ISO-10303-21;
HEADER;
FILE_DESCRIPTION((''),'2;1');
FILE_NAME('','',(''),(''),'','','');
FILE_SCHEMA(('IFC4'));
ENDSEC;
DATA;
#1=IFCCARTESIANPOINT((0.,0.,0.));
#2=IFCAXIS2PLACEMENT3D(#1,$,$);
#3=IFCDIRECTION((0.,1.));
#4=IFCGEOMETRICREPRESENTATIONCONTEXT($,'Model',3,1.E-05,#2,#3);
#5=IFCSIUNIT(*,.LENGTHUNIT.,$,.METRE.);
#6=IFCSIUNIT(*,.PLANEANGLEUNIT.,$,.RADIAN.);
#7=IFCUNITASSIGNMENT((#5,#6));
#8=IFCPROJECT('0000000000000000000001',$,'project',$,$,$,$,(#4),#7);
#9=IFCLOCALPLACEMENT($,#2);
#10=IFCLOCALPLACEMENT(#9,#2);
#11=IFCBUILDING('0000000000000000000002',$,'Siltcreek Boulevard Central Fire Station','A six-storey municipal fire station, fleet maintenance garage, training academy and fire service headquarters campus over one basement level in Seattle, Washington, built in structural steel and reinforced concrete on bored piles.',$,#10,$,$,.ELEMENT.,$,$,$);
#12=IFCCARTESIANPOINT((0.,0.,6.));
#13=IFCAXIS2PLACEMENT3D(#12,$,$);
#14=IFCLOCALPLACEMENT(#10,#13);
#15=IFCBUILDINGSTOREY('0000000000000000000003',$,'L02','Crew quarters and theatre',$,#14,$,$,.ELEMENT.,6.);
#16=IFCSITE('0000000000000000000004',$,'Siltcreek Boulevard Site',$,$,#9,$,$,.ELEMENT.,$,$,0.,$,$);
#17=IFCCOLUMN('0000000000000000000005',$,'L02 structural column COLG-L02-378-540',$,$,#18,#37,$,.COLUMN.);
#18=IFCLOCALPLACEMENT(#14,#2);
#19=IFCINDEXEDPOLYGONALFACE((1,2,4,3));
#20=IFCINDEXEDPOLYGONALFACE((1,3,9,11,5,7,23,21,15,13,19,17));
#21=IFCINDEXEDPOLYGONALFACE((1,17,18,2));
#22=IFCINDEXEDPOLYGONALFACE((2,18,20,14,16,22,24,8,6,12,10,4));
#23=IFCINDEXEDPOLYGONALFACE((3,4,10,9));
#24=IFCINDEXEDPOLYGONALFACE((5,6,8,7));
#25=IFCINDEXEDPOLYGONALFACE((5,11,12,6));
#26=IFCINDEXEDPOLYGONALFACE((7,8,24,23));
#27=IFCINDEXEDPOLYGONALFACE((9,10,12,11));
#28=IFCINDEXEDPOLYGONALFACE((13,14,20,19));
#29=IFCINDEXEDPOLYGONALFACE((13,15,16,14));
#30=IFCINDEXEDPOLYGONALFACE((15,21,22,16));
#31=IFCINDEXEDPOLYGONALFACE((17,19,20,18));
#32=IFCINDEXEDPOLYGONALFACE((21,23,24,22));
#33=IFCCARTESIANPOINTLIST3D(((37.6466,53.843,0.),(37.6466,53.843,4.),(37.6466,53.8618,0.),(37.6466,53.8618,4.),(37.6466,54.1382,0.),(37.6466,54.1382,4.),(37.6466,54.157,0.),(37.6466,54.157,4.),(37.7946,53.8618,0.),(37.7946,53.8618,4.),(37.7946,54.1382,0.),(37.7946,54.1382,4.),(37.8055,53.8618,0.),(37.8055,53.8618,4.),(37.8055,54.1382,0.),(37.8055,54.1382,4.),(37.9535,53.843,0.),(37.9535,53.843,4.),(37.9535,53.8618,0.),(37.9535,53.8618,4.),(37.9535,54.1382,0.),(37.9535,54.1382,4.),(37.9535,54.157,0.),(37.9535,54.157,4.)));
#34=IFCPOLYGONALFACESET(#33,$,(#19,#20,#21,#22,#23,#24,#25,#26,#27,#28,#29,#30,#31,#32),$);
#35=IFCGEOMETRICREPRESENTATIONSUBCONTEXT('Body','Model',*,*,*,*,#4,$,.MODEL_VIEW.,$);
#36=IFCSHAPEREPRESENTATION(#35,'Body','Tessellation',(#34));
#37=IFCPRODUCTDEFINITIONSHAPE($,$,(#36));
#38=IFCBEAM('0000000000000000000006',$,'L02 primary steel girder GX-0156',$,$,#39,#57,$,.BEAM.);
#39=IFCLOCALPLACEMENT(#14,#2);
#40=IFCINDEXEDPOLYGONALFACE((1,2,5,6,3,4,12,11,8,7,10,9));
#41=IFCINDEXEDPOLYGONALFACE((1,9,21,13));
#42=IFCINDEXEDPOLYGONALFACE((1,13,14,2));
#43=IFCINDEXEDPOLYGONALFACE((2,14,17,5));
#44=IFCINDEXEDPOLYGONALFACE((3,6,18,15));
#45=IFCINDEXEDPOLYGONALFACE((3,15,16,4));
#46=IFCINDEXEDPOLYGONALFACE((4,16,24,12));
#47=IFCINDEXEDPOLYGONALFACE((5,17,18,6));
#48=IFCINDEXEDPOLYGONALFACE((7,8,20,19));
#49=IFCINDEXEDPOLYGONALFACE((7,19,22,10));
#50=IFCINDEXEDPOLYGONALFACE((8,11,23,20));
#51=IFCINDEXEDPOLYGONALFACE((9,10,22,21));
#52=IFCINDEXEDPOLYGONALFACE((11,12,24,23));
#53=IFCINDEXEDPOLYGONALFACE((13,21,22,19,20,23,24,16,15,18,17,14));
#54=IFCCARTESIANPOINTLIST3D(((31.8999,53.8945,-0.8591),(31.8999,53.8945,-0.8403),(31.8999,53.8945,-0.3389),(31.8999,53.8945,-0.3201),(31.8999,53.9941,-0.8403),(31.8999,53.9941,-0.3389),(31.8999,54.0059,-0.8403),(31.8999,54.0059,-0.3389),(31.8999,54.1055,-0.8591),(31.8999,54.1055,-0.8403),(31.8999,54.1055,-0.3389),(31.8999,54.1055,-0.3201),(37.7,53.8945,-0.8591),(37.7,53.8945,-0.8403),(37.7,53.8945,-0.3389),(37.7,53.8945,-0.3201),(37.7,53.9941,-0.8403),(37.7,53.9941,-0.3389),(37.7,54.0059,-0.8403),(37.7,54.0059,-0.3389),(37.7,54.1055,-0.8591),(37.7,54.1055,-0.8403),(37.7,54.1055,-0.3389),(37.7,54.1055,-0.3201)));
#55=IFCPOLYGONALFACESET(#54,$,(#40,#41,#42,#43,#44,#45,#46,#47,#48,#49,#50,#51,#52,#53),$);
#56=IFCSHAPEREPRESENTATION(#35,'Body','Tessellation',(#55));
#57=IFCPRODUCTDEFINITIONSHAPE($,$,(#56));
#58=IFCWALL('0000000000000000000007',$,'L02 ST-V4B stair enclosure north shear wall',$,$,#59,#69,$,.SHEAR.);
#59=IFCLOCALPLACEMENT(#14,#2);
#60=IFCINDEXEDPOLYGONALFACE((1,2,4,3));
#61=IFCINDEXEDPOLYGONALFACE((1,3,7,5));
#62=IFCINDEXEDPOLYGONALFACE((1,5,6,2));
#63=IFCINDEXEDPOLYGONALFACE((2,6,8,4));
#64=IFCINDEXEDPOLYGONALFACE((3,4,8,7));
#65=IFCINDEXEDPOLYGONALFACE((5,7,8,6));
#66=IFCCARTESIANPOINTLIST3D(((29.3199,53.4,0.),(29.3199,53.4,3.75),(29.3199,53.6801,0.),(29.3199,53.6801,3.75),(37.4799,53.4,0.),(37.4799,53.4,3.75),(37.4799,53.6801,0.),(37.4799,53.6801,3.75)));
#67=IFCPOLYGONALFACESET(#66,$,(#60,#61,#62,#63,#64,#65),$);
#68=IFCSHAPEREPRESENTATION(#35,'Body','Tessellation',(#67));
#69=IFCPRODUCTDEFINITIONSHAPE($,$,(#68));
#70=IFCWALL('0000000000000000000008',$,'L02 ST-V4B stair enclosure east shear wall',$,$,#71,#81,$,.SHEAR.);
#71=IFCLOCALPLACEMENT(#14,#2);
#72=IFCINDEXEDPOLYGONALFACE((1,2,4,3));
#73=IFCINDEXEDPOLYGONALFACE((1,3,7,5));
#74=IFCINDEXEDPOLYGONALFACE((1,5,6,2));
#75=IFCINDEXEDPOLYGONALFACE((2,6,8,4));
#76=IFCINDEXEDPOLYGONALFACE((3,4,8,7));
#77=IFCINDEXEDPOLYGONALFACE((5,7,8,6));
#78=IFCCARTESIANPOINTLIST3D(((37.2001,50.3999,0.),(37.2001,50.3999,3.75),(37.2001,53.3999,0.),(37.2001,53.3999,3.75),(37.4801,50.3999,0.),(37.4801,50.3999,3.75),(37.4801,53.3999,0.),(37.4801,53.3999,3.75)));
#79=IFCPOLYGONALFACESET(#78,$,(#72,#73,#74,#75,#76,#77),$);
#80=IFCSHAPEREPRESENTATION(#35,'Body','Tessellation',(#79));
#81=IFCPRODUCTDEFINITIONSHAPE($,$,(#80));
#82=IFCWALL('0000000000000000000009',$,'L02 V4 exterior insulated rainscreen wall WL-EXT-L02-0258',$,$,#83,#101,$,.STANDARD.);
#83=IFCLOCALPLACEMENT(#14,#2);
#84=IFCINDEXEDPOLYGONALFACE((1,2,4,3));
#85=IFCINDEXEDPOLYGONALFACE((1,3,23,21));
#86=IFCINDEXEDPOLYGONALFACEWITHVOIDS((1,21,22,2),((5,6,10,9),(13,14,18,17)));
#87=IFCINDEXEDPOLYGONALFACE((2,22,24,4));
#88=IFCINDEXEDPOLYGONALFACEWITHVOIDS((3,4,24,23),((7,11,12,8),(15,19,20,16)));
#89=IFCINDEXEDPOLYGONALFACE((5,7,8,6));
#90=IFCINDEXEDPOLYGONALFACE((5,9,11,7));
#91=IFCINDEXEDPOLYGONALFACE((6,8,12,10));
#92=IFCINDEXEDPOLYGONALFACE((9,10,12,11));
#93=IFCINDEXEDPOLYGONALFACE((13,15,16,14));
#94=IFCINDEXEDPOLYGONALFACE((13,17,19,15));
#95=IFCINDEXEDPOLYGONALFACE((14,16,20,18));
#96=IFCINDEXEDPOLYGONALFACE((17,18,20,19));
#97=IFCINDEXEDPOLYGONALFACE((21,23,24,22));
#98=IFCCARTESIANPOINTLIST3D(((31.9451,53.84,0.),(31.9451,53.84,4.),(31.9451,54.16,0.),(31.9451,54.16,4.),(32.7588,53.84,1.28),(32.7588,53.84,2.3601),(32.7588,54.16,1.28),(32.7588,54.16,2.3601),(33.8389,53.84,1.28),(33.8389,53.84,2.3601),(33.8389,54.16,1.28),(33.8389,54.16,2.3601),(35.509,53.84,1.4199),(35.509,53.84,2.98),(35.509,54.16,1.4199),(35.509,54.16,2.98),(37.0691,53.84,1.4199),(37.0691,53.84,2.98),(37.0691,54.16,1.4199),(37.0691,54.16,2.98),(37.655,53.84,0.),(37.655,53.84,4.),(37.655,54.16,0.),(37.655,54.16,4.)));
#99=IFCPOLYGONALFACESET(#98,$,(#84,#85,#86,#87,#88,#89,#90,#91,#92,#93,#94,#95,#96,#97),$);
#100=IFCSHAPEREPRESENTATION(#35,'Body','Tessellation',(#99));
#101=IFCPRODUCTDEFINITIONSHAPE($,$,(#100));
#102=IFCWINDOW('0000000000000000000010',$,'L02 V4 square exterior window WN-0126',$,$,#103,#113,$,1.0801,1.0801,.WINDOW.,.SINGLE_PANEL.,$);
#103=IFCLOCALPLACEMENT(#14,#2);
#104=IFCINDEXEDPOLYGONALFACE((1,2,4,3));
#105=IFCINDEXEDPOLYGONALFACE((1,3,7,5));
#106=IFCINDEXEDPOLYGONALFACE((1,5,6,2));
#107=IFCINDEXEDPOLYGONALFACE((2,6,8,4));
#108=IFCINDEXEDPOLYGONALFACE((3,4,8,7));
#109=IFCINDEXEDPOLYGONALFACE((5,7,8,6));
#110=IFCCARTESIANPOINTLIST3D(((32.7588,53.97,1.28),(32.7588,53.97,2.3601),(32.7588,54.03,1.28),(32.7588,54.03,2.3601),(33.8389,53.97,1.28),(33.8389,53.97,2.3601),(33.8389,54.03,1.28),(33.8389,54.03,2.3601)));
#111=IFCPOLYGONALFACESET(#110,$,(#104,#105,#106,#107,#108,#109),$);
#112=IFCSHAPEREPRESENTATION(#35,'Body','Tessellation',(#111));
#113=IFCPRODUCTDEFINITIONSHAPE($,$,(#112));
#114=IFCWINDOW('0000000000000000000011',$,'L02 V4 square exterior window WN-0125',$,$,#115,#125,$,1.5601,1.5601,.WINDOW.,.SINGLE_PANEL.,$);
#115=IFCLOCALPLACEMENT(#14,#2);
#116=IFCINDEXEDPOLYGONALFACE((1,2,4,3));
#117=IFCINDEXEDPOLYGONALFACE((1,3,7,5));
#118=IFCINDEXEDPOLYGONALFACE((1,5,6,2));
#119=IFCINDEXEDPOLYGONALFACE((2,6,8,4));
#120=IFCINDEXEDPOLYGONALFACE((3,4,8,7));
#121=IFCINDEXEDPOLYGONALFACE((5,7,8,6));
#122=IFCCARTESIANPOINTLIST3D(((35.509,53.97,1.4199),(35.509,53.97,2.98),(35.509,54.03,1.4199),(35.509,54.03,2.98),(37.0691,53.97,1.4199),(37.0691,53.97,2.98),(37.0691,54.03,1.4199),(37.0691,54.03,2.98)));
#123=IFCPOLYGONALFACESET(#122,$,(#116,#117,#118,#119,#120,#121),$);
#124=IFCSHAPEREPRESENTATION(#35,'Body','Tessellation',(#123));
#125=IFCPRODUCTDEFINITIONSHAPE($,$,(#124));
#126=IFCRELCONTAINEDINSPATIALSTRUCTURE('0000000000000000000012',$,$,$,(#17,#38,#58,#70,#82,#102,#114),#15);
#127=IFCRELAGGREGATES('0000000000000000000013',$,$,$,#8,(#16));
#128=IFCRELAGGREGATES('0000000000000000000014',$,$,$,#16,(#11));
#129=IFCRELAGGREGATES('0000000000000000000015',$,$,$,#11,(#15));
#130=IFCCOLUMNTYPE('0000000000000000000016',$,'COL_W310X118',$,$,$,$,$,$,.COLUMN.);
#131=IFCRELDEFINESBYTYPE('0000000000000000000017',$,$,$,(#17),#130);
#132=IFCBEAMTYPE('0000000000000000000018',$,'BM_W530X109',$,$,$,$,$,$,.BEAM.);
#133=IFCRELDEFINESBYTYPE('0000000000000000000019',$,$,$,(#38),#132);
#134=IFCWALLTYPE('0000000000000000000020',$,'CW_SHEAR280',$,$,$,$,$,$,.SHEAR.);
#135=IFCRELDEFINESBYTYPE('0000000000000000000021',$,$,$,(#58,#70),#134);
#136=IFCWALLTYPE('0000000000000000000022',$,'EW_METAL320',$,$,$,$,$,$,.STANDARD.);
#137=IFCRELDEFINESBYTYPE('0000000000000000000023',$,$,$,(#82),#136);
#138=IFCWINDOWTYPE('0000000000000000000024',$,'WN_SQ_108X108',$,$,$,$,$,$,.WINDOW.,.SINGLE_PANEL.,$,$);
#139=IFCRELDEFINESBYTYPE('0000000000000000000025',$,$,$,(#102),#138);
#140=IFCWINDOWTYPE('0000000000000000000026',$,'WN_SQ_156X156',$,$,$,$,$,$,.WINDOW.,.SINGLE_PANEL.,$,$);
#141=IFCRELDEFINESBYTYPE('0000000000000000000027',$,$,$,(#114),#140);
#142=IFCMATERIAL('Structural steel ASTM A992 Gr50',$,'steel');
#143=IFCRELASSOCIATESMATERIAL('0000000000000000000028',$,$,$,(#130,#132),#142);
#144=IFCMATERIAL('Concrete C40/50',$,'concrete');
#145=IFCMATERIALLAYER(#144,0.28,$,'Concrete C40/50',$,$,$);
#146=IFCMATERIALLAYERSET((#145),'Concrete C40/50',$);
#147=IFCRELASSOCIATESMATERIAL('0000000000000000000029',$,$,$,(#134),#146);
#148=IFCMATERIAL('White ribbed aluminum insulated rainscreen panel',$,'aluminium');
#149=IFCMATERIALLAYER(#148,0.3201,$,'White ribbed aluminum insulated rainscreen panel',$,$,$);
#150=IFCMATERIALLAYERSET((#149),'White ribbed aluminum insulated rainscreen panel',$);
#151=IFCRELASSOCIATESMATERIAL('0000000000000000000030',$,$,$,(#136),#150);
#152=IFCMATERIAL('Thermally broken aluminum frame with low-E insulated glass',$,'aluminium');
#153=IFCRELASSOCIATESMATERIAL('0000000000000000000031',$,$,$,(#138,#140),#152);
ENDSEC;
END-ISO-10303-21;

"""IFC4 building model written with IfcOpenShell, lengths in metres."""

from ifc_helpers import new_model, si_unit, direction, frame, frame_2d, origin, origin_2d, place, context, subcontext, project, spatial, rectangle, i_section, extrude, material, layer, layer_set, material_profile, profile_set, type_object, element, fill, save


model = new_model("IFC4")

# Units and contexts
model_context = context("Model", 3, precision=1e-05, world=origin(), true_north=direction((0.0, 1.0)))
body_context = subcontext(model_context, "Body", "Model", "MODEL_VIEW")
ifc_project = project(units=[si_unit("LENGTHUNIT", "METRE"), si_unit("PLANEANGLEUNIT", "RADIAN")], contexts=[model_context])

# Site, building, storey
site_placement = place(None, origin())
site = spatial("IfcSite", under=ifc_project, at=site_placement, Name="Siltcreek Boulevard Site", CompositionType="ELEMENT", RefElevation=0.0)
building_placement = place(site_placement, origin())
building = spatial("IfcBuilding", under=site, at=building_placement, Name="Siltcreek Boulevard Central Fire Station", Description="A six-storey municipal fire station, fleet maintenance garage, training academy and fire service headquarters campus over one basement level in Seattle, Washington, built in structural steel and reinforced concrete on bored piles.", CompositionType="ELEMENT")
storey_placement = place(building_placement, frame((0.0, 0.0, 6.0)))
storey = spatial("IfcBuildingStorey", under=building, at=storey_placement, Name="L02", Description="Crew quarters and theatre", CompositionType="ELEMENT", Elevation=6.0)

# Column
ifc_material_1 = material(Name="Structural steel ASTM A992 Gr50", Category="steel")
ifc_material_profile_1 = material_profile(ifc_material_1, i_section(OverallWidth=0.3069, OverallDepth=0.314, WebThickness=0.011, FlangeThickness=0.0188, at=origin_2d()), Name="W310X118")
ifc_profile_set_1 = profile_set([ifc_material_profile_1], Name="Structural steel ASTM A992 Gr50")
column_type = type_object("IfcColumnType", Name="COL_W310X118", PredefinedType="COLUMN", material=ifc_profile_set_1)
column_placement = place(storey_placement, frame((37.8, 54.0, 0.0), z_axis=(0.0, 0.0, 1.0), x_axis=(1.0, 0.0, 0.0)))
element("IfcColumn", 1, at=column_placement, inside=storey, type_object=column_type, Name="L02 structural column COLG-L02-378-540", PredefinedType="COLUMN", context=body_context, shape_type="SweptSolid", body=[
    extrude(i_section(OverallWidth=0.3069, OverallDepth=0.314, WebThickness=0.011, FlangeThickness=0.0188, at=origin_2d()), origin(), (0.0, 0.0, 1.0), 4.0),
])

# Beam
ifc_material_profile_2 = material_profile(ifc_material_1, i_section(OverallWidth=0.2109, OverallDepth=0.5391, WebThickness=0.0117, FlangeThickness=0.0188, at=origin_2d()), Name="W530X109")
ifc_profile_set_2 = profile_set([ifc_material_profile_2], Name="Structural steel ASTM A992 Gr50")
beam_type = type_object("IfcBeamType", Name="BM_W530X109", PredefinedType="BEAM", material=ifc_profile_set_2)
beam_placement = place(storey_placement, frame((31.8999, 54.0, -0.5896), z_axis=(1.0, 0.0, 0.0), x_axis=(0.0, 1.0, 0.0)))
element("IfcBeam", 2, at=beam_placement, inside=storey, type_object=beam_type, Name="L02 primary steel girder GX-0156", PredefinedType="BEAM", context=body_context, shape_type="SweptSolid", body=[
    extrude(i_section(OverallWidth=0.2109, OverallDepth=0.5391, WebThickness=0.0117, FlangeThickness=0.0188, at=origin_2d()), origin(), (0.0, 0.0, 1.0), 5.8),
])

# Walls
ifc_material_2 = material(Name="Concrete C40/50", Category="concrete")
ifc_layer_1 = layer(ifc_material_2, 0.28, Name="Concrete C40/50")
ifc_layer_set_1 = layer_set([ifc_layer_1], Name="Concrete C40/50")
wall_type_1 = type_object("IfcWallType", Name="CW_SHEAR280", PredefinedType="SHEAR", material=ifc_layer_set_1)
wall_1_placement = place(storey_placement, frame((37.48, 53.54, 0.0), z_axis=(0.0, 0.0, 1.0), x_axis=(-1.0, 0.0, 0.0)))
element("IfcWall", 3, at=wall_1_placement, inside=storey, type_object=wall_type_1, Name="L02 ST-V4B stair enclosure north shear wall", PredefinedType="SHEAR", context=body_context, shape_type="SweptSolid", body=[
    extrude(rectangle(XDim=8.1599, YDim=0.28, at=frame_2d((4.0801, 0.0))), origin(), (0.0, 0.0, 1.0), 3.75),
])
wall_2_placement = place(storey_placement, frame((37.3401, 50.3999, 0.0), z_axis=(0.0, 0.0, 1.0), x_axis=(0.0, 1.0, 0.0)))
element("IfcWall", 4, at=wall_2_placement, inside=storey, type_object=wall_type_1, Name="L02 ST-V4B stair enclosure east shear wall", PredefinedType="SHEAR", context=body_context, shape_type="SweptSolid", body=[
    extrude(rectangle(XDim=3.0, YDim=0.28, at=frame_2d((1.5, 0.0))), origin(), (0.0, 0.0, 1.0), 3.75),
])

# Wall, openings, windows
ifc_material_3 = material(Name="White ribbed aluminum insulated rainscreen panel", Category="aluminium")
ifc_layer_2 = layer(ifc_material_3, 0.3201, Name="White ribbed aluminum insulated rainscreen panel")
ifc_layer_set_2 = layer_set([ifc_layer_2], Name="White ribbed aluminum insulated rainscreen panel")
wall_type_2 = type_object("IfcWallType", Name="EW_METAL320", PredefinedType="STANDARD", material=ifc_layer_set_2)
wall_3_placement = place(storey_placement, frame((37.655, 54.0, 0.0), z_axis=(0.0, 0.0, 1.0), x_axis=(-1.0, 0.0, 0.0)))
wall_3 = element("IfcWall", 5, at=wall_3_placement, inside=storey, type_object=wall_type_2, Name="L02 V4 exterior insulated rainscreen wall WL-EXT-L02-0258", PredefinedType="STANDARD", context=body_context, shape_type="SweptSolid", body=[
    extrude(rectangle(XDim=5.71, YDim=0.3201, at=frame_2d((2.855, 0.0))), origin(), (0.0, 0.0, 1.0), 4.0),
])
opening_1_placement = place(wall_3_placement, frame((0.5859, 0.0, 1.4199)))
opening_1 = element("IfcOpeningElement", 6, at=opening_1_placement, cuts=wall_3, PredefinedType="OPENING", context=body_context, shape_type="SweptSolid", body=[
    extrude(rectangle(XDim=1.5601, YDim=1.5601, at=frame_2d((0.78, 0.78))), frame((0.0, 0.1699, 0.0), z_axis=(0.0, -1.0, 0.0), x_axis=(1.0, 0.0, 0.0)), (0.0, 0.0, 1.0), 0.3401),
])
opening_2_placement = place(wall_3_placement, frame((3.8162, 0.0, 1.28)))
opening_2 = element("IfcOpeningElement", 7, at=opening_2_placement, cuts=wall_3, PredefinedType="OPENING", context=body_context, shape_type="SweptSolid", body=[
    extrude(rectangle(XDim=1.0801, YDim=1.0801, at=frame_2d((0.54, 0.54))), frame((0.0, 0.1699, 0.0), z_axis=(0.0, -1.0, 0.0), x_axis=(1.0, 0.0, 0.0)), (0.0, 0.0, 1.0), 0.3401),
])
ifc_material_4 = material(Name="Thermally broken aluminum frame with low-E insulated glass", Category="aluminium")
window_type_1 = type_object("IfcWindowType", Name="WN_SQ_108X108", PartitioningType="SINGLE_PANEL", PredefinedType="WINDOW", material=ifc_material_4)
window_1_placement = place(opening_2_placement, origin())
window_1 = element("IfcWindow", 8, at=window_1_placement, inside=storey, type_object=window_type_1, Name="L02 V4 square exterior window WN-0126", OverallHeight=1.0801, OverallWidth=1.0801, PartitioningType="SINGLE_PANEL", PredefinedType="WINDOW", context=body_context, shape_type="SweptSolid", body=[
    extrude(rectangle(XDim=1.0801, YDim=1.0801, at=frame_2d((0.54, 0.54))), frame((0.0, 0.03, 0.0), z_axis=(0.0, -1.0, 0.0), x_axis=(1.0, 0.0, 0.0)), (0.0, 0.0, 1.0), 0.0601),
])
fill(opening_2, window_1)
window_type_2 = type_object("IfcWindowType", Name="WN_SQ_156X156", PartitioningType="SINGLE_PANEL", PredefinedType="WINDOW", material=ifc_material_4)
window_2_placement = place(opening_1_placement, origin())
window_2 = element("IfcWindow", 9, at=window_2_placement, inside=storey, type_object=window_type_2, Name="L02 V4 square exterior window WN-0125", OverallHeight=1.5601, OverallWidth=1.5601, PartitioningType="SINGLE_PANEL", PredefinedType="WINDOW", context=body_context, shape_type="SweptSolid", body=[
    extrude(rectangle(XDim=1.5601, YDim=1.5601, at=frame_2d((0.78, 0.78))), frame((0.0, 0.03, 0.0), z_axis=(0.0, -1.0, 0.0), x_axis=(1.0, 0.0, 0.0)), (0.0, 0.0, 1.0), 0.0601),
])
fill(opening_1, window_2)

save(model, "model.ifc")
